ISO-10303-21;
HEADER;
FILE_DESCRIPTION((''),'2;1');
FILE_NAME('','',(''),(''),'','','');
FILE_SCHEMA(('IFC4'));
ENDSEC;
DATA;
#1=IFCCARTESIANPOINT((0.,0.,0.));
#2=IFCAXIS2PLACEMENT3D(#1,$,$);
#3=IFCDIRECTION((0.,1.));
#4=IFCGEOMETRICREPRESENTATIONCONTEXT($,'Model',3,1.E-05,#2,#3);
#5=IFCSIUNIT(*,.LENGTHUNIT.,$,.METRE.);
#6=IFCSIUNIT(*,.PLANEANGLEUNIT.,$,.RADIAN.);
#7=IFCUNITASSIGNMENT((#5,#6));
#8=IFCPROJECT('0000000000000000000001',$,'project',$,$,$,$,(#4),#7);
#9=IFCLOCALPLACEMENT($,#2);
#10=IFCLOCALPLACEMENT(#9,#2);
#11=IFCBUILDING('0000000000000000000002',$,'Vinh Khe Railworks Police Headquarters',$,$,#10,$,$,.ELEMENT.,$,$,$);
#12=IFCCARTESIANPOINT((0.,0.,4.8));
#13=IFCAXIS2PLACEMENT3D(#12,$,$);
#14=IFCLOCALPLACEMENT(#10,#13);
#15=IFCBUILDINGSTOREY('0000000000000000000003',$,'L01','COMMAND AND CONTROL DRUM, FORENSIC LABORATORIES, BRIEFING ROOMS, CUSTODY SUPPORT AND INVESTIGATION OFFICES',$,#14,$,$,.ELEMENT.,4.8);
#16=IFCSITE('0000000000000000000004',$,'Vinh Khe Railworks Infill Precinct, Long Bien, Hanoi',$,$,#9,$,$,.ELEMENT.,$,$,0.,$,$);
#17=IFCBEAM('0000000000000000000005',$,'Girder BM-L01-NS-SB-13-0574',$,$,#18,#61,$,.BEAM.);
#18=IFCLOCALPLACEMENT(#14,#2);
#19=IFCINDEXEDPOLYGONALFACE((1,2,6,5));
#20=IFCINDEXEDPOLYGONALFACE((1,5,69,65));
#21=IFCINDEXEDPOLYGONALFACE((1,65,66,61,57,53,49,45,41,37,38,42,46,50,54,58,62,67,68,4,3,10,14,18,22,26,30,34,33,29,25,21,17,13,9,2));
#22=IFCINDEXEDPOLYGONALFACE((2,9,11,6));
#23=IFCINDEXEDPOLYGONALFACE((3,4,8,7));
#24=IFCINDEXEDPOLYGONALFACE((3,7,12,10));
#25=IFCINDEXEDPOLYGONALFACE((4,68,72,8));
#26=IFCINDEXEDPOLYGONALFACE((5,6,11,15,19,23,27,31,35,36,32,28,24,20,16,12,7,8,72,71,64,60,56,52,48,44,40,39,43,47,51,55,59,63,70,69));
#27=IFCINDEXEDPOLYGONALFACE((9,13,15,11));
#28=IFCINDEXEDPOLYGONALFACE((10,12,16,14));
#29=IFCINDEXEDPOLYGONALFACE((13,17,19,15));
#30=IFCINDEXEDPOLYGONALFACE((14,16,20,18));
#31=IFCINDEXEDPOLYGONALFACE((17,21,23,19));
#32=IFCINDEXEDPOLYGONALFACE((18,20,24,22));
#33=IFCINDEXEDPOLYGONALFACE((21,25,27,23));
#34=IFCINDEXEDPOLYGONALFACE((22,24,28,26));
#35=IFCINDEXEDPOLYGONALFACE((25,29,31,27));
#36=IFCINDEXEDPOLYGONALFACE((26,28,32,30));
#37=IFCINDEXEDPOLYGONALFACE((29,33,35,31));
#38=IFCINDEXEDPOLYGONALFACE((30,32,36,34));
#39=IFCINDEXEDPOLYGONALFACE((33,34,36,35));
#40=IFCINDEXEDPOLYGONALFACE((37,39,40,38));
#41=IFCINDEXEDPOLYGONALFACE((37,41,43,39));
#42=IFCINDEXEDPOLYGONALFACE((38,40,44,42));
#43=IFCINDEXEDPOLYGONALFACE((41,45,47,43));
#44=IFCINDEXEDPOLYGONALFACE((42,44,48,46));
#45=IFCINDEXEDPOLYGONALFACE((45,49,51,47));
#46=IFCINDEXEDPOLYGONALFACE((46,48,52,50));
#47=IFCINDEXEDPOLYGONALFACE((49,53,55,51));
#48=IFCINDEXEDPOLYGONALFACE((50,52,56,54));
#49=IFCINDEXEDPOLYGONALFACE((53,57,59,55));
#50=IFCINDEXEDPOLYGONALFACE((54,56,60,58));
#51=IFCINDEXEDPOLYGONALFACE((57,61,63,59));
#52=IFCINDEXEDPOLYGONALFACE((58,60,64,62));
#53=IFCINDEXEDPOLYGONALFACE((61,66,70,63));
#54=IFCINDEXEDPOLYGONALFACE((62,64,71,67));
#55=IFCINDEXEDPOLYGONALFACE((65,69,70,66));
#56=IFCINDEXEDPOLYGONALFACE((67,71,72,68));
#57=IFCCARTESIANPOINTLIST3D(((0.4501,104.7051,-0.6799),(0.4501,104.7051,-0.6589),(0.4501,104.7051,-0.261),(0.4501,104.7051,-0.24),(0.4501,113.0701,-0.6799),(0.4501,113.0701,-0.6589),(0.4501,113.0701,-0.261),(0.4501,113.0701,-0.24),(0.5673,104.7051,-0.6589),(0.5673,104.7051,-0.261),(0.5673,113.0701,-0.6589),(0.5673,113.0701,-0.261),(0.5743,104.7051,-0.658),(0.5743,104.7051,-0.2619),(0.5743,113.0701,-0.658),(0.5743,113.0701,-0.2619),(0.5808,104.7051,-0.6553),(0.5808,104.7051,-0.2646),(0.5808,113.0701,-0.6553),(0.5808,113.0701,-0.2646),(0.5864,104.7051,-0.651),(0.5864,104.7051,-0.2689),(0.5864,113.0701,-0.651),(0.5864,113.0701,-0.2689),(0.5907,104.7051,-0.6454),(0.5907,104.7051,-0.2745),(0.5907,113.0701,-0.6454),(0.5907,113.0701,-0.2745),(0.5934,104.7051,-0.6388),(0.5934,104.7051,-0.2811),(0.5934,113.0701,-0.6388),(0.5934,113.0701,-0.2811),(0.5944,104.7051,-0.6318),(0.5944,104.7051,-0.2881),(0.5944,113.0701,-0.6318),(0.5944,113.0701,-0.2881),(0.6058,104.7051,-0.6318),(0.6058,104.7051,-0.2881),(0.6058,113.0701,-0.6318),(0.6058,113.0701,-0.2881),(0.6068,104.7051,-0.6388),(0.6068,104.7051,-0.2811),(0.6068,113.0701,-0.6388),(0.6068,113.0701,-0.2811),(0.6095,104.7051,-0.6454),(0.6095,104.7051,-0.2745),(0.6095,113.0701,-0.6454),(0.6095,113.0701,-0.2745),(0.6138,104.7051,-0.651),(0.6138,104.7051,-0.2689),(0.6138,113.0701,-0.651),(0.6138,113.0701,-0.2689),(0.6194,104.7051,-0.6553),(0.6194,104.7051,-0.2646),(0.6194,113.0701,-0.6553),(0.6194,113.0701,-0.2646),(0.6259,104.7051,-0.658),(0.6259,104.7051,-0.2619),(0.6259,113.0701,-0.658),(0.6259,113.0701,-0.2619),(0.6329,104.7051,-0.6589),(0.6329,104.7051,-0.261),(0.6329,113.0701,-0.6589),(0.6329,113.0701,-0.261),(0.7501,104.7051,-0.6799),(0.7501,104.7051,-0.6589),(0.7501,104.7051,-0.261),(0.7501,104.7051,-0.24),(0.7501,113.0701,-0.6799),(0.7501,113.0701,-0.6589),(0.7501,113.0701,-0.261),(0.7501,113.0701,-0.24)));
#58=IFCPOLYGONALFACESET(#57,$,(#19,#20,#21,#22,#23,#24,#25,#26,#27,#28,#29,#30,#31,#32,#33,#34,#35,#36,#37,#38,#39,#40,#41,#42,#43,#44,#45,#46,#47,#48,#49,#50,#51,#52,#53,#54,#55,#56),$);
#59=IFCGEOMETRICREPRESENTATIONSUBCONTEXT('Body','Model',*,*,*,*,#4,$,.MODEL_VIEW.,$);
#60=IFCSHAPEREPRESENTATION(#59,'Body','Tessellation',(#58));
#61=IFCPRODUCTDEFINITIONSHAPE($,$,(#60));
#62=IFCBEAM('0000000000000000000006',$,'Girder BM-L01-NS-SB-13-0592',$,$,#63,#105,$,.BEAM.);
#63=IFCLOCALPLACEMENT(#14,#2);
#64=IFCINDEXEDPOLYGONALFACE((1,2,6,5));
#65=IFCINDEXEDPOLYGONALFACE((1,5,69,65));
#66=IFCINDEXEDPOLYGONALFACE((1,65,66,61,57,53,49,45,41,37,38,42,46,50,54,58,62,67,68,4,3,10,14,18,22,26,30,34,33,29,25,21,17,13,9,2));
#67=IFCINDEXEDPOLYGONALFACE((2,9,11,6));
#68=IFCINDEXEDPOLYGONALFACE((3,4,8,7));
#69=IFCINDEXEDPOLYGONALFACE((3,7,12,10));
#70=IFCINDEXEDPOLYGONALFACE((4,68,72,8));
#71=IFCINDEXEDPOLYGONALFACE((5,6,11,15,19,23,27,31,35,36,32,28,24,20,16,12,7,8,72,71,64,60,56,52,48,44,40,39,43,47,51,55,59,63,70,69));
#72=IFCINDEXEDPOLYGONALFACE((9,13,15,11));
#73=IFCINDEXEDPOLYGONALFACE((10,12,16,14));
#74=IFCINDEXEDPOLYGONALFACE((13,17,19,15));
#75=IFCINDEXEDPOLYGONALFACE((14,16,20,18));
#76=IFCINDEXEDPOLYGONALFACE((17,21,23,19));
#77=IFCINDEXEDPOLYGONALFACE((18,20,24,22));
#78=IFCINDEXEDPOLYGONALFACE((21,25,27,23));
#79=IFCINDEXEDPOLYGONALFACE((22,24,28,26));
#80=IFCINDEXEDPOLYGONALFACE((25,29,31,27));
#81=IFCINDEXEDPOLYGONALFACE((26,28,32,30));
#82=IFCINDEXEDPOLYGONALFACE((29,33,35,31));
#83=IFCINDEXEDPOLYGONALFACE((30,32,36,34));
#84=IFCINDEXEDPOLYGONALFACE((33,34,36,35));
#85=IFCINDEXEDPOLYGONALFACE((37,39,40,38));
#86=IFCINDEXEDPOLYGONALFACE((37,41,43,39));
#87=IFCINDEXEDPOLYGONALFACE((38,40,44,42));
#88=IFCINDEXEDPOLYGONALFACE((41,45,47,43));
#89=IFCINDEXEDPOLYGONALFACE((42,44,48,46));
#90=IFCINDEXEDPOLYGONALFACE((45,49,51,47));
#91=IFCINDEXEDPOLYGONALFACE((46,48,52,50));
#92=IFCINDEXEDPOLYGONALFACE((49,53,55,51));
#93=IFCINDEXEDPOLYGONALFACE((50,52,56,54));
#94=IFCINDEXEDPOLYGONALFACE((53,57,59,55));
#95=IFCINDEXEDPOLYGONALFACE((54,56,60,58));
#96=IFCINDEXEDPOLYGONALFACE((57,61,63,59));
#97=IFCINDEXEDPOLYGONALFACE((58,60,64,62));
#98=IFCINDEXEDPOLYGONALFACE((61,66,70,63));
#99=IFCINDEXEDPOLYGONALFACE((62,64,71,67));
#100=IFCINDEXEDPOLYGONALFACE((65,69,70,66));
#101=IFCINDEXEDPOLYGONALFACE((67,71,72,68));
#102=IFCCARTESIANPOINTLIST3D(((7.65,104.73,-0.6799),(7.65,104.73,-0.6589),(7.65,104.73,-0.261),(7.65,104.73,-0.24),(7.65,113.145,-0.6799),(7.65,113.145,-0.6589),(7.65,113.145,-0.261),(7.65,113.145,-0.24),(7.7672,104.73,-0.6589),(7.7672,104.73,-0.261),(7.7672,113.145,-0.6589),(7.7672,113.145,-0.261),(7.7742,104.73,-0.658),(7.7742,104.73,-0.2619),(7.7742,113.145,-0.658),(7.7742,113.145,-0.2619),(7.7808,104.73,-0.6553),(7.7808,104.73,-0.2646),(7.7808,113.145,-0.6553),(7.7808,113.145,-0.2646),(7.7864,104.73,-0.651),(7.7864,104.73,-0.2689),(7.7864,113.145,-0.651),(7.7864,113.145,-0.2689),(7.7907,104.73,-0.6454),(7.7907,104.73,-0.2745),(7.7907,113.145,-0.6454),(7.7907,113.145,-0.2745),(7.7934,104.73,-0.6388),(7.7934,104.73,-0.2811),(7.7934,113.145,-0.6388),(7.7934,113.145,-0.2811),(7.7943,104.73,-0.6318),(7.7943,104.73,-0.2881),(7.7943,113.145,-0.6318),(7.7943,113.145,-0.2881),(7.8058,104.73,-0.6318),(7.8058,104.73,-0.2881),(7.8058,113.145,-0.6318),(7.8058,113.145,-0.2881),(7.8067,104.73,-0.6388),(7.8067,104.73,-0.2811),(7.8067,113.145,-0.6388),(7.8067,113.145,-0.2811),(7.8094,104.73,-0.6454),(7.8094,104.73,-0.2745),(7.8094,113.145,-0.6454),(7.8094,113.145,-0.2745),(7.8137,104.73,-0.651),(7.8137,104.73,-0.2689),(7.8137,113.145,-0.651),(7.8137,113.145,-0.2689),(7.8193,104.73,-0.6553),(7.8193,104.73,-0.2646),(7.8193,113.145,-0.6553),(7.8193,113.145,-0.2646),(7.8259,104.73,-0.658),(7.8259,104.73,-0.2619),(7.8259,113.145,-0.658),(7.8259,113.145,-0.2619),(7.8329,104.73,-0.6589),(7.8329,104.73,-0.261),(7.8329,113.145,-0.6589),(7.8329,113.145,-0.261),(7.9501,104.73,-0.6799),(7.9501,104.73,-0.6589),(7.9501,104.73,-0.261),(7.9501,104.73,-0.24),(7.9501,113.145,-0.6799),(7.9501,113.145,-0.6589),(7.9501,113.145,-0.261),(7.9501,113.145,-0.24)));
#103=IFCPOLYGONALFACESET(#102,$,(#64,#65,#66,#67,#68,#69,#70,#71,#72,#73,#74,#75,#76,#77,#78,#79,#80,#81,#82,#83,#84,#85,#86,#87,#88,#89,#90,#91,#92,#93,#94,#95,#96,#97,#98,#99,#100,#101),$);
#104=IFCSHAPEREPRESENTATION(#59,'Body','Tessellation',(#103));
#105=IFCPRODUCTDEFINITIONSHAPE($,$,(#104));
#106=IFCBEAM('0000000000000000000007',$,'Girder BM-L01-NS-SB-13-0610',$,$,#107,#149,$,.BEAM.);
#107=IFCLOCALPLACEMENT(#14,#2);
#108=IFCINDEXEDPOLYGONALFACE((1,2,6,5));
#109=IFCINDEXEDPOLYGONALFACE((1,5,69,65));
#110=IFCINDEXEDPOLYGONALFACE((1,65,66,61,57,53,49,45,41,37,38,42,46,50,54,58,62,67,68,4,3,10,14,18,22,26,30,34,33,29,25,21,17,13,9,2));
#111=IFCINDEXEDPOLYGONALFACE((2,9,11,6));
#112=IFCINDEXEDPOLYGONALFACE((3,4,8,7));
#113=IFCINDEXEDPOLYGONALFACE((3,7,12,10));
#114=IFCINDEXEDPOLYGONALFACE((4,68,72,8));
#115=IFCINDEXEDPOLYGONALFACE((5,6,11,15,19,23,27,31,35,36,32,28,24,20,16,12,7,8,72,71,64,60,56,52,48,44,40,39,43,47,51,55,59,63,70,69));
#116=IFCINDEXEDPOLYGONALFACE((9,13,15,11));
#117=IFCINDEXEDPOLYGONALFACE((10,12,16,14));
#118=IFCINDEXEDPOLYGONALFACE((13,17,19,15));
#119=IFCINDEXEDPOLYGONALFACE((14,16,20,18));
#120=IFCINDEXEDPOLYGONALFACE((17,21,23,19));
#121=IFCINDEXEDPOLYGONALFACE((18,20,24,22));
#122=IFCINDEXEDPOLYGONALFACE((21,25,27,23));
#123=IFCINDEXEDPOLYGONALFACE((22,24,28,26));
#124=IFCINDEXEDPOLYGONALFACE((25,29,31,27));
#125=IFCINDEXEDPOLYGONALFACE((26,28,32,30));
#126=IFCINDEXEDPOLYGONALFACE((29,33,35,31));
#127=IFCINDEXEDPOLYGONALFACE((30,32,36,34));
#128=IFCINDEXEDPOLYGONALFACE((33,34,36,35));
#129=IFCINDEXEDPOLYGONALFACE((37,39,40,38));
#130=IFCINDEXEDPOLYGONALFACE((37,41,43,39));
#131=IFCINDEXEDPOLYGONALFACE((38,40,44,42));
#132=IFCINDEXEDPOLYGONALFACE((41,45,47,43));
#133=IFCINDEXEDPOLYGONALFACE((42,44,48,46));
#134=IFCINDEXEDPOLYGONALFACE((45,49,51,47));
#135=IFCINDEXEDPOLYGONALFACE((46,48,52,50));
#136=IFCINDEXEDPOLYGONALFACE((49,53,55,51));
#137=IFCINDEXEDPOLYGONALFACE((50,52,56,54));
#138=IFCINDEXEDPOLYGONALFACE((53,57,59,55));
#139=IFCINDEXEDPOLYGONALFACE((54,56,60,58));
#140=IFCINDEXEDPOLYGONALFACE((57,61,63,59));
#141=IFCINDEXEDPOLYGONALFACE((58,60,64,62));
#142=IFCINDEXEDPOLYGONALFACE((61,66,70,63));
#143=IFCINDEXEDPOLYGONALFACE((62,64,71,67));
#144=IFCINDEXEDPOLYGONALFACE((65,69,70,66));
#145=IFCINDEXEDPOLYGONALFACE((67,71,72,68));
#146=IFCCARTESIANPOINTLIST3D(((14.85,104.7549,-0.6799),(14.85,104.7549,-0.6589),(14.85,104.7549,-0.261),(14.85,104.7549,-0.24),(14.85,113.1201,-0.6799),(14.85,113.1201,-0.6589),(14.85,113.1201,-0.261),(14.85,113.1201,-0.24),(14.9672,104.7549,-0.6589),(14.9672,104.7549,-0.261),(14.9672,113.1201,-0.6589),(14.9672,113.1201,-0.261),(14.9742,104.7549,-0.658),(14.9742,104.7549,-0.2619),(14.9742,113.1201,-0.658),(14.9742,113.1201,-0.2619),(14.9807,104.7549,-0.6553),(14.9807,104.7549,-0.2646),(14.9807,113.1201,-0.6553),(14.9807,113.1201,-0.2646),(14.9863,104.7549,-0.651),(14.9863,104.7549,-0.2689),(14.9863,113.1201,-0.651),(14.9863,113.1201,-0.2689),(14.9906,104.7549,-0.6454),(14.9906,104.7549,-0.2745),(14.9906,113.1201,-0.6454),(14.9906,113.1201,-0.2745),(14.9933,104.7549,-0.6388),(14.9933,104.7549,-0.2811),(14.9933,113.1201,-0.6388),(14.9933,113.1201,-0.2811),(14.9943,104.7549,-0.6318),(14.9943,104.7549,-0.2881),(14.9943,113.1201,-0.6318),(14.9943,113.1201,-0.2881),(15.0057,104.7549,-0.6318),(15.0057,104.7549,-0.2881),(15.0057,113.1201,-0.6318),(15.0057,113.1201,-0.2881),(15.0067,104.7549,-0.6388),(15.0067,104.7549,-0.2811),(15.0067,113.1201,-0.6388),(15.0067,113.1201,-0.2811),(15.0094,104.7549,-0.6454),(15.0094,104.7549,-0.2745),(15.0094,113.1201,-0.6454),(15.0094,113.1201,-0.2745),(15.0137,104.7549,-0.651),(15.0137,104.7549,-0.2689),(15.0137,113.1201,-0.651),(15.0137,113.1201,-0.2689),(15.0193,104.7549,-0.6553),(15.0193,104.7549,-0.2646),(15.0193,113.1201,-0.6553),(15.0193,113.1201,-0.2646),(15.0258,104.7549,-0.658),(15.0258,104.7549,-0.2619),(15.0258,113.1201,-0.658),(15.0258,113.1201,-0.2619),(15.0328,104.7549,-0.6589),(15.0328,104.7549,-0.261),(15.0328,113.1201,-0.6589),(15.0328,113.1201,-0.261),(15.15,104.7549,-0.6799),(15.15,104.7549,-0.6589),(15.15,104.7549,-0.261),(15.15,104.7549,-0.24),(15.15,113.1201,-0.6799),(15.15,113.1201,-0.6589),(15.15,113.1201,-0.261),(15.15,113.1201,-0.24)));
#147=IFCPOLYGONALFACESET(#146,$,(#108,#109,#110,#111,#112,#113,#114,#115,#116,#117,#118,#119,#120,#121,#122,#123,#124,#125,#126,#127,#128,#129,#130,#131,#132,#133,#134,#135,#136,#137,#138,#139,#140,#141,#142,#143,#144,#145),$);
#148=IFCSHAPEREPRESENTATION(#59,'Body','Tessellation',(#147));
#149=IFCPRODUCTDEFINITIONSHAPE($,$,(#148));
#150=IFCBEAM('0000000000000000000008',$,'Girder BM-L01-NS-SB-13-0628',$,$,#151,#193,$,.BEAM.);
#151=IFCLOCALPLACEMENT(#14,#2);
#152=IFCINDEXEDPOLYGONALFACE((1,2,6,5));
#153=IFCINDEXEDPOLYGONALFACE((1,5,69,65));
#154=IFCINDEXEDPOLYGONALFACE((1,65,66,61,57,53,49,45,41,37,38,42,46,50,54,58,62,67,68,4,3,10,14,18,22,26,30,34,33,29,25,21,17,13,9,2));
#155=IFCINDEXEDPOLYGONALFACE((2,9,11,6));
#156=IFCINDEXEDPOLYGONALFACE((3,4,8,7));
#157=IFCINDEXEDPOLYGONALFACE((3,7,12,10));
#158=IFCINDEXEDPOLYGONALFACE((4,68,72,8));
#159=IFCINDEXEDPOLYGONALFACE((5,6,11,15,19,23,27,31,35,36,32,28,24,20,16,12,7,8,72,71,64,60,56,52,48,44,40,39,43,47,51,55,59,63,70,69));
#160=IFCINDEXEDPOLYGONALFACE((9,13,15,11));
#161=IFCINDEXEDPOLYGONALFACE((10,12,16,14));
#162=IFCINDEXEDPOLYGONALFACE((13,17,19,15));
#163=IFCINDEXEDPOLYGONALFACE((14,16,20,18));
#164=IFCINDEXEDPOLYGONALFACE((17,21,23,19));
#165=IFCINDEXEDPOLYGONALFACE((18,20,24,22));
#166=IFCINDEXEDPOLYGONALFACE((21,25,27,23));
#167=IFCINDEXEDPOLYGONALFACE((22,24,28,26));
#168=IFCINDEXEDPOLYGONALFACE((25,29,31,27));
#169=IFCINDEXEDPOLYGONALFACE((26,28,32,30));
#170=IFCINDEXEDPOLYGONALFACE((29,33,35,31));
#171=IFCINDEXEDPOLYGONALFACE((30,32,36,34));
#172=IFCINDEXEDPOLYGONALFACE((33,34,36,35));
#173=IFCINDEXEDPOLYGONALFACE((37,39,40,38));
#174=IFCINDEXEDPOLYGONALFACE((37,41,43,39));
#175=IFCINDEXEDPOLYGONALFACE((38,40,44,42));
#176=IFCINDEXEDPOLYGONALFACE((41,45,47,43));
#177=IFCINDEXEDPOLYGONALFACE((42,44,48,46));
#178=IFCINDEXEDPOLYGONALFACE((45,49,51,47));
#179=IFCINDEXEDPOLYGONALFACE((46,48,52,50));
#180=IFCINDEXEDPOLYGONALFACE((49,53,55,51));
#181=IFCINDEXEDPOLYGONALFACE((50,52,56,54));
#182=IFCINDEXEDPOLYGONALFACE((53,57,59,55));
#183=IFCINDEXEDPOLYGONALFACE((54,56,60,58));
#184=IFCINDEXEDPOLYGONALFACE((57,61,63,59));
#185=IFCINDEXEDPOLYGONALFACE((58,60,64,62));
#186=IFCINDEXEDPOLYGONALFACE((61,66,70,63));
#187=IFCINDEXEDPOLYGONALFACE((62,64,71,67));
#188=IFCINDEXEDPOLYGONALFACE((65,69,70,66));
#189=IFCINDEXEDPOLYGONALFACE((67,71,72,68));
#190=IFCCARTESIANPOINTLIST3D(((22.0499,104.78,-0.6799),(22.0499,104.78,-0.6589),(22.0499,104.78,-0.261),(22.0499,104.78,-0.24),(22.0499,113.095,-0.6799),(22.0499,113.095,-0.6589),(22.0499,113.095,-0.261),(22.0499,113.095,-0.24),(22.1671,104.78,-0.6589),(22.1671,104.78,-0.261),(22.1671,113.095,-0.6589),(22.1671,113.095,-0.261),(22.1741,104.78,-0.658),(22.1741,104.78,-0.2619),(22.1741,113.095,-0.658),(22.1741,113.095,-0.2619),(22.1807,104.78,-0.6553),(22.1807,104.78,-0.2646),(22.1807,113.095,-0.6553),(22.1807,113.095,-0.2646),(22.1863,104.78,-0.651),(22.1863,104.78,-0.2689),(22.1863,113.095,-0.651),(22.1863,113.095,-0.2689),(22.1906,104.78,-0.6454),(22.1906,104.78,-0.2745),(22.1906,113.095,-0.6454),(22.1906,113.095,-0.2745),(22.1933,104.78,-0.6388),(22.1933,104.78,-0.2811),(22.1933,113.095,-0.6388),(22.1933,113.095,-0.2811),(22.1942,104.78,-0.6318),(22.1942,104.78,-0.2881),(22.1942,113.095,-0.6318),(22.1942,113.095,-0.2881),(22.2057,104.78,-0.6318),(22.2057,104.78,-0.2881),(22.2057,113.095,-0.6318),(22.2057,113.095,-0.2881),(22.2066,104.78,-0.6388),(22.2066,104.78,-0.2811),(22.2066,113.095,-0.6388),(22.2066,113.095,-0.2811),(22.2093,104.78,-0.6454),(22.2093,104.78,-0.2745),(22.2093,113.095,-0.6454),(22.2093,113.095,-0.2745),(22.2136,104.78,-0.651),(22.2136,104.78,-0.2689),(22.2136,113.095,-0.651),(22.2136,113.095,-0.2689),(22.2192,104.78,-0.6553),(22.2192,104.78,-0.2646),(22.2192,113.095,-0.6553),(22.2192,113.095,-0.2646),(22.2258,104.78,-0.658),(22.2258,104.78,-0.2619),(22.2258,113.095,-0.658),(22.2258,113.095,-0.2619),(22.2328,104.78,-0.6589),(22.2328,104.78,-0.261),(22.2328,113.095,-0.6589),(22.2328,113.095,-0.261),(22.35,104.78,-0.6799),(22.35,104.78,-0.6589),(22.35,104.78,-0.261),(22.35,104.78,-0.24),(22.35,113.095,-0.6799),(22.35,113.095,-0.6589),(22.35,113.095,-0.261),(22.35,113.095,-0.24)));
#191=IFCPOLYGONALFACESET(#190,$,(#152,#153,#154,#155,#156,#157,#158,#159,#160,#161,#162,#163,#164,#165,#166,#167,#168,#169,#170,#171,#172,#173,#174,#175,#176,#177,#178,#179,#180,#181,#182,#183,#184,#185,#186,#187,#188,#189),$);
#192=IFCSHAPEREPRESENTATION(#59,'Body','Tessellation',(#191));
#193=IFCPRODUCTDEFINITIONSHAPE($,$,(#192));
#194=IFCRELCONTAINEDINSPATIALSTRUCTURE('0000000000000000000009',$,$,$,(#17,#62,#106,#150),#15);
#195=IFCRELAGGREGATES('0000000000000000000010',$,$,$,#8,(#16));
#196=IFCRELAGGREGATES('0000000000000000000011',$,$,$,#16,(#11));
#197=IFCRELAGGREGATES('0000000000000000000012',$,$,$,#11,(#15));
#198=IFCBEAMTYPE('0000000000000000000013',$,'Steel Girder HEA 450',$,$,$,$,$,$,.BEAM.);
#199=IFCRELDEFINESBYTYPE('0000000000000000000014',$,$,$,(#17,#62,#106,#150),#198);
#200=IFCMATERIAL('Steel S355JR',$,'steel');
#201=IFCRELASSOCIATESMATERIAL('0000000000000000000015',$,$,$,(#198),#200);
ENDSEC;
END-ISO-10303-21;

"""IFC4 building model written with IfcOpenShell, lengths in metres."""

from ifc_helpers import new_model, si_unit, direction, frame, origin, origin_2d, place, context, subcontext, project, spatial, i_section, extrude, material, material_profile, profile_set, type_object, element, save


model = new_model("IFC4")

# Units and contexts
model_context = context("Model", 3, precision=1e-05, world=origin(), true_north=direction((0.0, 1.0)))
body_context = subcontext(model_context, "Body", "Model", "MODEL_VIEW")
ifc_project = project(units=[si_unit("LENGTHUNIT", "METRE"), si_unit("PLANEANGLEUNIT", "RADIAN")], contexts=[model_context])

# Site, building, storey
site_placement = place(None, origin())
site = spatial("IfcSite", under=ifc_project, at=site_placement, Name="Vinh Khe Railworks Infill Precinct, Long Bien, Hanoi", CompositionType="ELEMENT", RefElevation=0.0)
building_placement = place(site_placement, origin())
building = spatial("IfcBuilding", under=site, at=building_placement, Name="Vinh Khe Railworks Police Headquarters", CompositionType="ELEMENT")
storey_placement = place(building_placement, frame((0.0, 0.0, 4.8)))
storey = spatial("IfcBuildingStorey", under=building, at=storey_placement, Name="L01", Description="COMMAND AND CONTROL DRUM, FORENSIC LABORATORIES, BRIEFING ROOMS, CUSTODY SUPPORT AND INVESTIGATION OFFICES", CompositionType="ELEMENT", Elevation=4.8)

# Beams
ifc_material_1 = material(Name="Steel S355JR", Category="steel")
ifc_material_profile_1 = material_profile(ifc_material_1, i_section(OverallWidth=0.3, OverallDepth=0.4399, WebThickness=0.0115, FlangeThickness=0.021, FilletRadius=0.0271, at=origin_2d()), Name="HEA 450")
ifc_profile_set_1 = profile_set([ifc_material_profile_1], Name="Steel S355JR")
beam_type_1 = type_object("IfcBeamType", Name="Steel Girder HEA 450", PredefinedType="BEAM", material=ifc_profile_set_1)
beam_1_placement = place(storey_placement, frame((0.6001, 104.7051, -0.46), z_axis=(0.0, 1.0, 0.0), x_axis=(-1.0, 0.0, 0.0)))
element("IfcBeam", 1, at=beam_1_placement, inside=storey, type_object=beam_type_1, Name="Girder BM-L01-NS-SB-13-0574", PredefinedType="BEAM", context=body_context, shape_type="SweptSolid", body=[
    extrude(i_section(OverallWidth=0.3, OverallDepth=0.4399, WebThickness=0.0115, FlangeThickness=0.021, FilletRadius=0.0271, at=origin_2d()), origin(), (0.0, 0.0, 1.0), 8.365),
])
beam_2_placement = place(storey_placement, frame((7.8, 104.73, -0.46), z_axis=(0.0, 1.0, 0.0), x_axis=(-1.0, 0.0, 0.0)))
element("IfcBeam", 2, at=beam_2_placement, inside=storey, type_object=beam_type_1, Name="Girder BM-L01-NS-SB-13-0592", PredefinedType="BEAM", context=body_context, shape_type="SweptSolid", body=[
    extrude(i_section(OverallWidth=0.3, OverallDepth=0.4399, WebThickness=0.0115, FlangeThickness=0.021, FilletRadius=0.0271, at=origin_2d()), origin(), (0.0, 0.0, 1.0), 8.415),
])
beam_3_placement = place(storey_placement, frame((15.0, 104.7549, -0.46), z_axis=(0.0, 1.0, 0.0), x_axis=(-1.0, 0.0, 0.0)))
element("IfcBeam", 3, at=beam_3_placement, inside=storey, type_object=beam_type_1, Name="Girder BM-L01-NS-SB-13-0610", PredefinedType="BEAM", context=body_context, shape_type="SweptSolid", body=[
    extrude(i_section(OverallWidth=0.3, OverallDepth=0.4399, WebThickness=0.0115, FlangeThickness=0.021, FilletRadius=0.0271, at=origin_2d()), origin(), (0.0, 0.0, 1.0), 8.3652),
])
beam_4_placement = place(storey_placement, frame((22.2, 104.78, -0.46), z_axis=(0.0, 1.0, 0.0), x_axis=(-1.0, 0.0, 0.0)))
element("IfcBeam", 4, at=beam_4_placement, inside=storey, type_object=beam_type_1, Name="Girder BM-L01-NS-SB-13-0628", PredefinedType="BEAM", context=body_context, shape_type="SweptSolid", body=[
    extrude(i_section(OverallWidth=0.3, OverallDepth=0.4399, WebThickness=0.0115, FlangeThickness=0.021, FilletRadius=0.0271, at=origin_2d()), origin(), (0.0, 0.0, 1.0), 8.3149),
])

save(model, "model.ifc")
